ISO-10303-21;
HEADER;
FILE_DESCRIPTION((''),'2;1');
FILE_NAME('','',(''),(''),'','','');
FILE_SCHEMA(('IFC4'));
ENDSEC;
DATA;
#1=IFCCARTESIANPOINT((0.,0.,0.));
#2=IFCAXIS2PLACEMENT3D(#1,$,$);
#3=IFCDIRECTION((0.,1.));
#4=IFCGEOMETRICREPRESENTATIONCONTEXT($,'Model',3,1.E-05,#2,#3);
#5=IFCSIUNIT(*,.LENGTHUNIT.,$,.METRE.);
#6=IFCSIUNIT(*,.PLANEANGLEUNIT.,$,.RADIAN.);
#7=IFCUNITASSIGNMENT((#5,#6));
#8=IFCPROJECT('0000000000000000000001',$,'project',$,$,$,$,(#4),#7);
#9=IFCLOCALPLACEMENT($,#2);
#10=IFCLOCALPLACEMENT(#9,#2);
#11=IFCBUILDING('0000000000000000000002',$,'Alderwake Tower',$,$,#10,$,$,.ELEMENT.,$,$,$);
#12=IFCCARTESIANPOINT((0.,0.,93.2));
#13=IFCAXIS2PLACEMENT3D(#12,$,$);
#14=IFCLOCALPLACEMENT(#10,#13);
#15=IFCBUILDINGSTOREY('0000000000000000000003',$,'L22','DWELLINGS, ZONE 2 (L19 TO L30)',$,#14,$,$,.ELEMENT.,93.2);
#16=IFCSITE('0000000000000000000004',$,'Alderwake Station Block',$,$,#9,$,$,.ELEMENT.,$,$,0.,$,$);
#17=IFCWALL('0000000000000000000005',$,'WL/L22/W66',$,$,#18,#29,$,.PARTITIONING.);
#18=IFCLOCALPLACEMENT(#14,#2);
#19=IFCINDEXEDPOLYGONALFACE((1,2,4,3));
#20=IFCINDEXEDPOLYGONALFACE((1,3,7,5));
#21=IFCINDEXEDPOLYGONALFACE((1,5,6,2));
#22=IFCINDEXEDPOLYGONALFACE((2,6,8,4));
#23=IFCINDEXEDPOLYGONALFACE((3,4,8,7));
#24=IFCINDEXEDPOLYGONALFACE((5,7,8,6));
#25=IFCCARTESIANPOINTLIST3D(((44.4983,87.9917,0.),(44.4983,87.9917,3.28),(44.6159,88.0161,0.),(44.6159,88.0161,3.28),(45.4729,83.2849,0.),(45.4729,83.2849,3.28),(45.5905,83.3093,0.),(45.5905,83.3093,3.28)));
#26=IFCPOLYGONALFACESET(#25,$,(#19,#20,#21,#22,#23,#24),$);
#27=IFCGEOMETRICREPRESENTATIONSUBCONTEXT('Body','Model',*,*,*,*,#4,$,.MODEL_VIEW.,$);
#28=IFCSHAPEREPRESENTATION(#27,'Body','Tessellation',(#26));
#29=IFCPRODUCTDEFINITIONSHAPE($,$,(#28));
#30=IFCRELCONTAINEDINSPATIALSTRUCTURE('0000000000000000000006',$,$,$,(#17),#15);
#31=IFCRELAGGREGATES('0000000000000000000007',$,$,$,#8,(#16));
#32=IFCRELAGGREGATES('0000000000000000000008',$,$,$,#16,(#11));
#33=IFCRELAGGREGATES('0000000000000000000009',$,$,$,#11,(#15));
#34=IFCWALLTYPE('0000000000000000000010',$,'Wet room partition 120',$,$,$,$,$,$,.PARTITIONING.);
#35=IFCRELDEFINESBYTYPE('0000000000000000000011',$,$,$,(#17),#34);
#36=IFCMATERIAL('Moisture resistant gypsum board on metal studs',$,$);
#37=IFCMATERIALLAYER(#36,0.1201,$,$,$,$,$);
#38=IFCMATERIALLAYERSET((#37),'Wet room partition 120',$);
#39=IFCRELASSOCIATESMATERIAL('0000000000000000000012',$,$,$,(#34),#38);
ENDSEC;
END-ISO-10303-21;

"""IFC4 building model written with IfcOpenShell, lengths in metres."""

from ifc_helpers import new_model, si_unit, direction, frame, frame_2d, origin, place, context, subcontext, project, spatial, rectangle, extrude, material, layer, layer_set, type_object, element, save


model = new_model("IFC4")

# Units and contexts
model_context = context("Model", 3, precision=1e-05, world=origin(), true_north=direction((0.0, 1.0)))
body_context = subcontext(model_context, "Body", "Model", "MODEL_VIEW")
ifc_project = project(units=[si_unit("LENGTHUNIT", "METRE"), si_unit("PLANEANGLEUNIT", "RADIAN")], contexts=[model_context])

# Site, building, storey
site_placement = place(None, origin())
site = spatial("IfcSite", under=ifc_project, at=site_placement, Name="Alderwake Station Block", CompositionType="ELEMENT", RefElevation=0.0)
building_placement = place(site_placement, origin())
building = spatial("IfcBuilding", under=site, at=building_placement, Name="Alderwake Tower", CompositionType="ELEMENT")
storey_placement = place(building_placement, frame((0.0, 0.0, 93.2)))
storey = spatial("IfcBuildingStorey", under=building, at=storey_placement, Name="L22", Description="DWELLINGS, ZONE 2 (L19 TO L30)", CompositionType="ELEMENT", Elevation=93.2)

# Shared definitions
ifc_material_1 = material(Name="Moisture resistant gypsum board on metal studs")
ifc_layer_1 = layer(ifc_material_1, 0.1201)
ifc_layer_set_1 = layer_set([ifc_layer_1], Name="Wet room partition 120")
wall_type_1 = type_object("IfcWallType", Name="Wet room partition 120", PredefinedType="PARTITIONING", material=ifc_layer_set_1)

# Wall
wall_1_placement = place(storey_placement, frame((45.5317, 83.2971, 0.0), z_axis=(0.0, 0.0, 1.0), x_axis=(-0.202763, 0.979228, 0.0)))
element("IfcWall", 1, at=wall_1_placement, inside=storey, type_object=wall_type_1, Name="WL/L22/W66", PredefinedType="PARTITIONING", context=body_context, shape_type="SweptSolid", body=[
    extrude(rectangle(XDim=4.8066, YDim=0.1201, at=frame_2d((2.4033, 0.0))), origin(), (0.0, 0.0, 1.0), 3.28),
])

save(model, "model.ifc")
